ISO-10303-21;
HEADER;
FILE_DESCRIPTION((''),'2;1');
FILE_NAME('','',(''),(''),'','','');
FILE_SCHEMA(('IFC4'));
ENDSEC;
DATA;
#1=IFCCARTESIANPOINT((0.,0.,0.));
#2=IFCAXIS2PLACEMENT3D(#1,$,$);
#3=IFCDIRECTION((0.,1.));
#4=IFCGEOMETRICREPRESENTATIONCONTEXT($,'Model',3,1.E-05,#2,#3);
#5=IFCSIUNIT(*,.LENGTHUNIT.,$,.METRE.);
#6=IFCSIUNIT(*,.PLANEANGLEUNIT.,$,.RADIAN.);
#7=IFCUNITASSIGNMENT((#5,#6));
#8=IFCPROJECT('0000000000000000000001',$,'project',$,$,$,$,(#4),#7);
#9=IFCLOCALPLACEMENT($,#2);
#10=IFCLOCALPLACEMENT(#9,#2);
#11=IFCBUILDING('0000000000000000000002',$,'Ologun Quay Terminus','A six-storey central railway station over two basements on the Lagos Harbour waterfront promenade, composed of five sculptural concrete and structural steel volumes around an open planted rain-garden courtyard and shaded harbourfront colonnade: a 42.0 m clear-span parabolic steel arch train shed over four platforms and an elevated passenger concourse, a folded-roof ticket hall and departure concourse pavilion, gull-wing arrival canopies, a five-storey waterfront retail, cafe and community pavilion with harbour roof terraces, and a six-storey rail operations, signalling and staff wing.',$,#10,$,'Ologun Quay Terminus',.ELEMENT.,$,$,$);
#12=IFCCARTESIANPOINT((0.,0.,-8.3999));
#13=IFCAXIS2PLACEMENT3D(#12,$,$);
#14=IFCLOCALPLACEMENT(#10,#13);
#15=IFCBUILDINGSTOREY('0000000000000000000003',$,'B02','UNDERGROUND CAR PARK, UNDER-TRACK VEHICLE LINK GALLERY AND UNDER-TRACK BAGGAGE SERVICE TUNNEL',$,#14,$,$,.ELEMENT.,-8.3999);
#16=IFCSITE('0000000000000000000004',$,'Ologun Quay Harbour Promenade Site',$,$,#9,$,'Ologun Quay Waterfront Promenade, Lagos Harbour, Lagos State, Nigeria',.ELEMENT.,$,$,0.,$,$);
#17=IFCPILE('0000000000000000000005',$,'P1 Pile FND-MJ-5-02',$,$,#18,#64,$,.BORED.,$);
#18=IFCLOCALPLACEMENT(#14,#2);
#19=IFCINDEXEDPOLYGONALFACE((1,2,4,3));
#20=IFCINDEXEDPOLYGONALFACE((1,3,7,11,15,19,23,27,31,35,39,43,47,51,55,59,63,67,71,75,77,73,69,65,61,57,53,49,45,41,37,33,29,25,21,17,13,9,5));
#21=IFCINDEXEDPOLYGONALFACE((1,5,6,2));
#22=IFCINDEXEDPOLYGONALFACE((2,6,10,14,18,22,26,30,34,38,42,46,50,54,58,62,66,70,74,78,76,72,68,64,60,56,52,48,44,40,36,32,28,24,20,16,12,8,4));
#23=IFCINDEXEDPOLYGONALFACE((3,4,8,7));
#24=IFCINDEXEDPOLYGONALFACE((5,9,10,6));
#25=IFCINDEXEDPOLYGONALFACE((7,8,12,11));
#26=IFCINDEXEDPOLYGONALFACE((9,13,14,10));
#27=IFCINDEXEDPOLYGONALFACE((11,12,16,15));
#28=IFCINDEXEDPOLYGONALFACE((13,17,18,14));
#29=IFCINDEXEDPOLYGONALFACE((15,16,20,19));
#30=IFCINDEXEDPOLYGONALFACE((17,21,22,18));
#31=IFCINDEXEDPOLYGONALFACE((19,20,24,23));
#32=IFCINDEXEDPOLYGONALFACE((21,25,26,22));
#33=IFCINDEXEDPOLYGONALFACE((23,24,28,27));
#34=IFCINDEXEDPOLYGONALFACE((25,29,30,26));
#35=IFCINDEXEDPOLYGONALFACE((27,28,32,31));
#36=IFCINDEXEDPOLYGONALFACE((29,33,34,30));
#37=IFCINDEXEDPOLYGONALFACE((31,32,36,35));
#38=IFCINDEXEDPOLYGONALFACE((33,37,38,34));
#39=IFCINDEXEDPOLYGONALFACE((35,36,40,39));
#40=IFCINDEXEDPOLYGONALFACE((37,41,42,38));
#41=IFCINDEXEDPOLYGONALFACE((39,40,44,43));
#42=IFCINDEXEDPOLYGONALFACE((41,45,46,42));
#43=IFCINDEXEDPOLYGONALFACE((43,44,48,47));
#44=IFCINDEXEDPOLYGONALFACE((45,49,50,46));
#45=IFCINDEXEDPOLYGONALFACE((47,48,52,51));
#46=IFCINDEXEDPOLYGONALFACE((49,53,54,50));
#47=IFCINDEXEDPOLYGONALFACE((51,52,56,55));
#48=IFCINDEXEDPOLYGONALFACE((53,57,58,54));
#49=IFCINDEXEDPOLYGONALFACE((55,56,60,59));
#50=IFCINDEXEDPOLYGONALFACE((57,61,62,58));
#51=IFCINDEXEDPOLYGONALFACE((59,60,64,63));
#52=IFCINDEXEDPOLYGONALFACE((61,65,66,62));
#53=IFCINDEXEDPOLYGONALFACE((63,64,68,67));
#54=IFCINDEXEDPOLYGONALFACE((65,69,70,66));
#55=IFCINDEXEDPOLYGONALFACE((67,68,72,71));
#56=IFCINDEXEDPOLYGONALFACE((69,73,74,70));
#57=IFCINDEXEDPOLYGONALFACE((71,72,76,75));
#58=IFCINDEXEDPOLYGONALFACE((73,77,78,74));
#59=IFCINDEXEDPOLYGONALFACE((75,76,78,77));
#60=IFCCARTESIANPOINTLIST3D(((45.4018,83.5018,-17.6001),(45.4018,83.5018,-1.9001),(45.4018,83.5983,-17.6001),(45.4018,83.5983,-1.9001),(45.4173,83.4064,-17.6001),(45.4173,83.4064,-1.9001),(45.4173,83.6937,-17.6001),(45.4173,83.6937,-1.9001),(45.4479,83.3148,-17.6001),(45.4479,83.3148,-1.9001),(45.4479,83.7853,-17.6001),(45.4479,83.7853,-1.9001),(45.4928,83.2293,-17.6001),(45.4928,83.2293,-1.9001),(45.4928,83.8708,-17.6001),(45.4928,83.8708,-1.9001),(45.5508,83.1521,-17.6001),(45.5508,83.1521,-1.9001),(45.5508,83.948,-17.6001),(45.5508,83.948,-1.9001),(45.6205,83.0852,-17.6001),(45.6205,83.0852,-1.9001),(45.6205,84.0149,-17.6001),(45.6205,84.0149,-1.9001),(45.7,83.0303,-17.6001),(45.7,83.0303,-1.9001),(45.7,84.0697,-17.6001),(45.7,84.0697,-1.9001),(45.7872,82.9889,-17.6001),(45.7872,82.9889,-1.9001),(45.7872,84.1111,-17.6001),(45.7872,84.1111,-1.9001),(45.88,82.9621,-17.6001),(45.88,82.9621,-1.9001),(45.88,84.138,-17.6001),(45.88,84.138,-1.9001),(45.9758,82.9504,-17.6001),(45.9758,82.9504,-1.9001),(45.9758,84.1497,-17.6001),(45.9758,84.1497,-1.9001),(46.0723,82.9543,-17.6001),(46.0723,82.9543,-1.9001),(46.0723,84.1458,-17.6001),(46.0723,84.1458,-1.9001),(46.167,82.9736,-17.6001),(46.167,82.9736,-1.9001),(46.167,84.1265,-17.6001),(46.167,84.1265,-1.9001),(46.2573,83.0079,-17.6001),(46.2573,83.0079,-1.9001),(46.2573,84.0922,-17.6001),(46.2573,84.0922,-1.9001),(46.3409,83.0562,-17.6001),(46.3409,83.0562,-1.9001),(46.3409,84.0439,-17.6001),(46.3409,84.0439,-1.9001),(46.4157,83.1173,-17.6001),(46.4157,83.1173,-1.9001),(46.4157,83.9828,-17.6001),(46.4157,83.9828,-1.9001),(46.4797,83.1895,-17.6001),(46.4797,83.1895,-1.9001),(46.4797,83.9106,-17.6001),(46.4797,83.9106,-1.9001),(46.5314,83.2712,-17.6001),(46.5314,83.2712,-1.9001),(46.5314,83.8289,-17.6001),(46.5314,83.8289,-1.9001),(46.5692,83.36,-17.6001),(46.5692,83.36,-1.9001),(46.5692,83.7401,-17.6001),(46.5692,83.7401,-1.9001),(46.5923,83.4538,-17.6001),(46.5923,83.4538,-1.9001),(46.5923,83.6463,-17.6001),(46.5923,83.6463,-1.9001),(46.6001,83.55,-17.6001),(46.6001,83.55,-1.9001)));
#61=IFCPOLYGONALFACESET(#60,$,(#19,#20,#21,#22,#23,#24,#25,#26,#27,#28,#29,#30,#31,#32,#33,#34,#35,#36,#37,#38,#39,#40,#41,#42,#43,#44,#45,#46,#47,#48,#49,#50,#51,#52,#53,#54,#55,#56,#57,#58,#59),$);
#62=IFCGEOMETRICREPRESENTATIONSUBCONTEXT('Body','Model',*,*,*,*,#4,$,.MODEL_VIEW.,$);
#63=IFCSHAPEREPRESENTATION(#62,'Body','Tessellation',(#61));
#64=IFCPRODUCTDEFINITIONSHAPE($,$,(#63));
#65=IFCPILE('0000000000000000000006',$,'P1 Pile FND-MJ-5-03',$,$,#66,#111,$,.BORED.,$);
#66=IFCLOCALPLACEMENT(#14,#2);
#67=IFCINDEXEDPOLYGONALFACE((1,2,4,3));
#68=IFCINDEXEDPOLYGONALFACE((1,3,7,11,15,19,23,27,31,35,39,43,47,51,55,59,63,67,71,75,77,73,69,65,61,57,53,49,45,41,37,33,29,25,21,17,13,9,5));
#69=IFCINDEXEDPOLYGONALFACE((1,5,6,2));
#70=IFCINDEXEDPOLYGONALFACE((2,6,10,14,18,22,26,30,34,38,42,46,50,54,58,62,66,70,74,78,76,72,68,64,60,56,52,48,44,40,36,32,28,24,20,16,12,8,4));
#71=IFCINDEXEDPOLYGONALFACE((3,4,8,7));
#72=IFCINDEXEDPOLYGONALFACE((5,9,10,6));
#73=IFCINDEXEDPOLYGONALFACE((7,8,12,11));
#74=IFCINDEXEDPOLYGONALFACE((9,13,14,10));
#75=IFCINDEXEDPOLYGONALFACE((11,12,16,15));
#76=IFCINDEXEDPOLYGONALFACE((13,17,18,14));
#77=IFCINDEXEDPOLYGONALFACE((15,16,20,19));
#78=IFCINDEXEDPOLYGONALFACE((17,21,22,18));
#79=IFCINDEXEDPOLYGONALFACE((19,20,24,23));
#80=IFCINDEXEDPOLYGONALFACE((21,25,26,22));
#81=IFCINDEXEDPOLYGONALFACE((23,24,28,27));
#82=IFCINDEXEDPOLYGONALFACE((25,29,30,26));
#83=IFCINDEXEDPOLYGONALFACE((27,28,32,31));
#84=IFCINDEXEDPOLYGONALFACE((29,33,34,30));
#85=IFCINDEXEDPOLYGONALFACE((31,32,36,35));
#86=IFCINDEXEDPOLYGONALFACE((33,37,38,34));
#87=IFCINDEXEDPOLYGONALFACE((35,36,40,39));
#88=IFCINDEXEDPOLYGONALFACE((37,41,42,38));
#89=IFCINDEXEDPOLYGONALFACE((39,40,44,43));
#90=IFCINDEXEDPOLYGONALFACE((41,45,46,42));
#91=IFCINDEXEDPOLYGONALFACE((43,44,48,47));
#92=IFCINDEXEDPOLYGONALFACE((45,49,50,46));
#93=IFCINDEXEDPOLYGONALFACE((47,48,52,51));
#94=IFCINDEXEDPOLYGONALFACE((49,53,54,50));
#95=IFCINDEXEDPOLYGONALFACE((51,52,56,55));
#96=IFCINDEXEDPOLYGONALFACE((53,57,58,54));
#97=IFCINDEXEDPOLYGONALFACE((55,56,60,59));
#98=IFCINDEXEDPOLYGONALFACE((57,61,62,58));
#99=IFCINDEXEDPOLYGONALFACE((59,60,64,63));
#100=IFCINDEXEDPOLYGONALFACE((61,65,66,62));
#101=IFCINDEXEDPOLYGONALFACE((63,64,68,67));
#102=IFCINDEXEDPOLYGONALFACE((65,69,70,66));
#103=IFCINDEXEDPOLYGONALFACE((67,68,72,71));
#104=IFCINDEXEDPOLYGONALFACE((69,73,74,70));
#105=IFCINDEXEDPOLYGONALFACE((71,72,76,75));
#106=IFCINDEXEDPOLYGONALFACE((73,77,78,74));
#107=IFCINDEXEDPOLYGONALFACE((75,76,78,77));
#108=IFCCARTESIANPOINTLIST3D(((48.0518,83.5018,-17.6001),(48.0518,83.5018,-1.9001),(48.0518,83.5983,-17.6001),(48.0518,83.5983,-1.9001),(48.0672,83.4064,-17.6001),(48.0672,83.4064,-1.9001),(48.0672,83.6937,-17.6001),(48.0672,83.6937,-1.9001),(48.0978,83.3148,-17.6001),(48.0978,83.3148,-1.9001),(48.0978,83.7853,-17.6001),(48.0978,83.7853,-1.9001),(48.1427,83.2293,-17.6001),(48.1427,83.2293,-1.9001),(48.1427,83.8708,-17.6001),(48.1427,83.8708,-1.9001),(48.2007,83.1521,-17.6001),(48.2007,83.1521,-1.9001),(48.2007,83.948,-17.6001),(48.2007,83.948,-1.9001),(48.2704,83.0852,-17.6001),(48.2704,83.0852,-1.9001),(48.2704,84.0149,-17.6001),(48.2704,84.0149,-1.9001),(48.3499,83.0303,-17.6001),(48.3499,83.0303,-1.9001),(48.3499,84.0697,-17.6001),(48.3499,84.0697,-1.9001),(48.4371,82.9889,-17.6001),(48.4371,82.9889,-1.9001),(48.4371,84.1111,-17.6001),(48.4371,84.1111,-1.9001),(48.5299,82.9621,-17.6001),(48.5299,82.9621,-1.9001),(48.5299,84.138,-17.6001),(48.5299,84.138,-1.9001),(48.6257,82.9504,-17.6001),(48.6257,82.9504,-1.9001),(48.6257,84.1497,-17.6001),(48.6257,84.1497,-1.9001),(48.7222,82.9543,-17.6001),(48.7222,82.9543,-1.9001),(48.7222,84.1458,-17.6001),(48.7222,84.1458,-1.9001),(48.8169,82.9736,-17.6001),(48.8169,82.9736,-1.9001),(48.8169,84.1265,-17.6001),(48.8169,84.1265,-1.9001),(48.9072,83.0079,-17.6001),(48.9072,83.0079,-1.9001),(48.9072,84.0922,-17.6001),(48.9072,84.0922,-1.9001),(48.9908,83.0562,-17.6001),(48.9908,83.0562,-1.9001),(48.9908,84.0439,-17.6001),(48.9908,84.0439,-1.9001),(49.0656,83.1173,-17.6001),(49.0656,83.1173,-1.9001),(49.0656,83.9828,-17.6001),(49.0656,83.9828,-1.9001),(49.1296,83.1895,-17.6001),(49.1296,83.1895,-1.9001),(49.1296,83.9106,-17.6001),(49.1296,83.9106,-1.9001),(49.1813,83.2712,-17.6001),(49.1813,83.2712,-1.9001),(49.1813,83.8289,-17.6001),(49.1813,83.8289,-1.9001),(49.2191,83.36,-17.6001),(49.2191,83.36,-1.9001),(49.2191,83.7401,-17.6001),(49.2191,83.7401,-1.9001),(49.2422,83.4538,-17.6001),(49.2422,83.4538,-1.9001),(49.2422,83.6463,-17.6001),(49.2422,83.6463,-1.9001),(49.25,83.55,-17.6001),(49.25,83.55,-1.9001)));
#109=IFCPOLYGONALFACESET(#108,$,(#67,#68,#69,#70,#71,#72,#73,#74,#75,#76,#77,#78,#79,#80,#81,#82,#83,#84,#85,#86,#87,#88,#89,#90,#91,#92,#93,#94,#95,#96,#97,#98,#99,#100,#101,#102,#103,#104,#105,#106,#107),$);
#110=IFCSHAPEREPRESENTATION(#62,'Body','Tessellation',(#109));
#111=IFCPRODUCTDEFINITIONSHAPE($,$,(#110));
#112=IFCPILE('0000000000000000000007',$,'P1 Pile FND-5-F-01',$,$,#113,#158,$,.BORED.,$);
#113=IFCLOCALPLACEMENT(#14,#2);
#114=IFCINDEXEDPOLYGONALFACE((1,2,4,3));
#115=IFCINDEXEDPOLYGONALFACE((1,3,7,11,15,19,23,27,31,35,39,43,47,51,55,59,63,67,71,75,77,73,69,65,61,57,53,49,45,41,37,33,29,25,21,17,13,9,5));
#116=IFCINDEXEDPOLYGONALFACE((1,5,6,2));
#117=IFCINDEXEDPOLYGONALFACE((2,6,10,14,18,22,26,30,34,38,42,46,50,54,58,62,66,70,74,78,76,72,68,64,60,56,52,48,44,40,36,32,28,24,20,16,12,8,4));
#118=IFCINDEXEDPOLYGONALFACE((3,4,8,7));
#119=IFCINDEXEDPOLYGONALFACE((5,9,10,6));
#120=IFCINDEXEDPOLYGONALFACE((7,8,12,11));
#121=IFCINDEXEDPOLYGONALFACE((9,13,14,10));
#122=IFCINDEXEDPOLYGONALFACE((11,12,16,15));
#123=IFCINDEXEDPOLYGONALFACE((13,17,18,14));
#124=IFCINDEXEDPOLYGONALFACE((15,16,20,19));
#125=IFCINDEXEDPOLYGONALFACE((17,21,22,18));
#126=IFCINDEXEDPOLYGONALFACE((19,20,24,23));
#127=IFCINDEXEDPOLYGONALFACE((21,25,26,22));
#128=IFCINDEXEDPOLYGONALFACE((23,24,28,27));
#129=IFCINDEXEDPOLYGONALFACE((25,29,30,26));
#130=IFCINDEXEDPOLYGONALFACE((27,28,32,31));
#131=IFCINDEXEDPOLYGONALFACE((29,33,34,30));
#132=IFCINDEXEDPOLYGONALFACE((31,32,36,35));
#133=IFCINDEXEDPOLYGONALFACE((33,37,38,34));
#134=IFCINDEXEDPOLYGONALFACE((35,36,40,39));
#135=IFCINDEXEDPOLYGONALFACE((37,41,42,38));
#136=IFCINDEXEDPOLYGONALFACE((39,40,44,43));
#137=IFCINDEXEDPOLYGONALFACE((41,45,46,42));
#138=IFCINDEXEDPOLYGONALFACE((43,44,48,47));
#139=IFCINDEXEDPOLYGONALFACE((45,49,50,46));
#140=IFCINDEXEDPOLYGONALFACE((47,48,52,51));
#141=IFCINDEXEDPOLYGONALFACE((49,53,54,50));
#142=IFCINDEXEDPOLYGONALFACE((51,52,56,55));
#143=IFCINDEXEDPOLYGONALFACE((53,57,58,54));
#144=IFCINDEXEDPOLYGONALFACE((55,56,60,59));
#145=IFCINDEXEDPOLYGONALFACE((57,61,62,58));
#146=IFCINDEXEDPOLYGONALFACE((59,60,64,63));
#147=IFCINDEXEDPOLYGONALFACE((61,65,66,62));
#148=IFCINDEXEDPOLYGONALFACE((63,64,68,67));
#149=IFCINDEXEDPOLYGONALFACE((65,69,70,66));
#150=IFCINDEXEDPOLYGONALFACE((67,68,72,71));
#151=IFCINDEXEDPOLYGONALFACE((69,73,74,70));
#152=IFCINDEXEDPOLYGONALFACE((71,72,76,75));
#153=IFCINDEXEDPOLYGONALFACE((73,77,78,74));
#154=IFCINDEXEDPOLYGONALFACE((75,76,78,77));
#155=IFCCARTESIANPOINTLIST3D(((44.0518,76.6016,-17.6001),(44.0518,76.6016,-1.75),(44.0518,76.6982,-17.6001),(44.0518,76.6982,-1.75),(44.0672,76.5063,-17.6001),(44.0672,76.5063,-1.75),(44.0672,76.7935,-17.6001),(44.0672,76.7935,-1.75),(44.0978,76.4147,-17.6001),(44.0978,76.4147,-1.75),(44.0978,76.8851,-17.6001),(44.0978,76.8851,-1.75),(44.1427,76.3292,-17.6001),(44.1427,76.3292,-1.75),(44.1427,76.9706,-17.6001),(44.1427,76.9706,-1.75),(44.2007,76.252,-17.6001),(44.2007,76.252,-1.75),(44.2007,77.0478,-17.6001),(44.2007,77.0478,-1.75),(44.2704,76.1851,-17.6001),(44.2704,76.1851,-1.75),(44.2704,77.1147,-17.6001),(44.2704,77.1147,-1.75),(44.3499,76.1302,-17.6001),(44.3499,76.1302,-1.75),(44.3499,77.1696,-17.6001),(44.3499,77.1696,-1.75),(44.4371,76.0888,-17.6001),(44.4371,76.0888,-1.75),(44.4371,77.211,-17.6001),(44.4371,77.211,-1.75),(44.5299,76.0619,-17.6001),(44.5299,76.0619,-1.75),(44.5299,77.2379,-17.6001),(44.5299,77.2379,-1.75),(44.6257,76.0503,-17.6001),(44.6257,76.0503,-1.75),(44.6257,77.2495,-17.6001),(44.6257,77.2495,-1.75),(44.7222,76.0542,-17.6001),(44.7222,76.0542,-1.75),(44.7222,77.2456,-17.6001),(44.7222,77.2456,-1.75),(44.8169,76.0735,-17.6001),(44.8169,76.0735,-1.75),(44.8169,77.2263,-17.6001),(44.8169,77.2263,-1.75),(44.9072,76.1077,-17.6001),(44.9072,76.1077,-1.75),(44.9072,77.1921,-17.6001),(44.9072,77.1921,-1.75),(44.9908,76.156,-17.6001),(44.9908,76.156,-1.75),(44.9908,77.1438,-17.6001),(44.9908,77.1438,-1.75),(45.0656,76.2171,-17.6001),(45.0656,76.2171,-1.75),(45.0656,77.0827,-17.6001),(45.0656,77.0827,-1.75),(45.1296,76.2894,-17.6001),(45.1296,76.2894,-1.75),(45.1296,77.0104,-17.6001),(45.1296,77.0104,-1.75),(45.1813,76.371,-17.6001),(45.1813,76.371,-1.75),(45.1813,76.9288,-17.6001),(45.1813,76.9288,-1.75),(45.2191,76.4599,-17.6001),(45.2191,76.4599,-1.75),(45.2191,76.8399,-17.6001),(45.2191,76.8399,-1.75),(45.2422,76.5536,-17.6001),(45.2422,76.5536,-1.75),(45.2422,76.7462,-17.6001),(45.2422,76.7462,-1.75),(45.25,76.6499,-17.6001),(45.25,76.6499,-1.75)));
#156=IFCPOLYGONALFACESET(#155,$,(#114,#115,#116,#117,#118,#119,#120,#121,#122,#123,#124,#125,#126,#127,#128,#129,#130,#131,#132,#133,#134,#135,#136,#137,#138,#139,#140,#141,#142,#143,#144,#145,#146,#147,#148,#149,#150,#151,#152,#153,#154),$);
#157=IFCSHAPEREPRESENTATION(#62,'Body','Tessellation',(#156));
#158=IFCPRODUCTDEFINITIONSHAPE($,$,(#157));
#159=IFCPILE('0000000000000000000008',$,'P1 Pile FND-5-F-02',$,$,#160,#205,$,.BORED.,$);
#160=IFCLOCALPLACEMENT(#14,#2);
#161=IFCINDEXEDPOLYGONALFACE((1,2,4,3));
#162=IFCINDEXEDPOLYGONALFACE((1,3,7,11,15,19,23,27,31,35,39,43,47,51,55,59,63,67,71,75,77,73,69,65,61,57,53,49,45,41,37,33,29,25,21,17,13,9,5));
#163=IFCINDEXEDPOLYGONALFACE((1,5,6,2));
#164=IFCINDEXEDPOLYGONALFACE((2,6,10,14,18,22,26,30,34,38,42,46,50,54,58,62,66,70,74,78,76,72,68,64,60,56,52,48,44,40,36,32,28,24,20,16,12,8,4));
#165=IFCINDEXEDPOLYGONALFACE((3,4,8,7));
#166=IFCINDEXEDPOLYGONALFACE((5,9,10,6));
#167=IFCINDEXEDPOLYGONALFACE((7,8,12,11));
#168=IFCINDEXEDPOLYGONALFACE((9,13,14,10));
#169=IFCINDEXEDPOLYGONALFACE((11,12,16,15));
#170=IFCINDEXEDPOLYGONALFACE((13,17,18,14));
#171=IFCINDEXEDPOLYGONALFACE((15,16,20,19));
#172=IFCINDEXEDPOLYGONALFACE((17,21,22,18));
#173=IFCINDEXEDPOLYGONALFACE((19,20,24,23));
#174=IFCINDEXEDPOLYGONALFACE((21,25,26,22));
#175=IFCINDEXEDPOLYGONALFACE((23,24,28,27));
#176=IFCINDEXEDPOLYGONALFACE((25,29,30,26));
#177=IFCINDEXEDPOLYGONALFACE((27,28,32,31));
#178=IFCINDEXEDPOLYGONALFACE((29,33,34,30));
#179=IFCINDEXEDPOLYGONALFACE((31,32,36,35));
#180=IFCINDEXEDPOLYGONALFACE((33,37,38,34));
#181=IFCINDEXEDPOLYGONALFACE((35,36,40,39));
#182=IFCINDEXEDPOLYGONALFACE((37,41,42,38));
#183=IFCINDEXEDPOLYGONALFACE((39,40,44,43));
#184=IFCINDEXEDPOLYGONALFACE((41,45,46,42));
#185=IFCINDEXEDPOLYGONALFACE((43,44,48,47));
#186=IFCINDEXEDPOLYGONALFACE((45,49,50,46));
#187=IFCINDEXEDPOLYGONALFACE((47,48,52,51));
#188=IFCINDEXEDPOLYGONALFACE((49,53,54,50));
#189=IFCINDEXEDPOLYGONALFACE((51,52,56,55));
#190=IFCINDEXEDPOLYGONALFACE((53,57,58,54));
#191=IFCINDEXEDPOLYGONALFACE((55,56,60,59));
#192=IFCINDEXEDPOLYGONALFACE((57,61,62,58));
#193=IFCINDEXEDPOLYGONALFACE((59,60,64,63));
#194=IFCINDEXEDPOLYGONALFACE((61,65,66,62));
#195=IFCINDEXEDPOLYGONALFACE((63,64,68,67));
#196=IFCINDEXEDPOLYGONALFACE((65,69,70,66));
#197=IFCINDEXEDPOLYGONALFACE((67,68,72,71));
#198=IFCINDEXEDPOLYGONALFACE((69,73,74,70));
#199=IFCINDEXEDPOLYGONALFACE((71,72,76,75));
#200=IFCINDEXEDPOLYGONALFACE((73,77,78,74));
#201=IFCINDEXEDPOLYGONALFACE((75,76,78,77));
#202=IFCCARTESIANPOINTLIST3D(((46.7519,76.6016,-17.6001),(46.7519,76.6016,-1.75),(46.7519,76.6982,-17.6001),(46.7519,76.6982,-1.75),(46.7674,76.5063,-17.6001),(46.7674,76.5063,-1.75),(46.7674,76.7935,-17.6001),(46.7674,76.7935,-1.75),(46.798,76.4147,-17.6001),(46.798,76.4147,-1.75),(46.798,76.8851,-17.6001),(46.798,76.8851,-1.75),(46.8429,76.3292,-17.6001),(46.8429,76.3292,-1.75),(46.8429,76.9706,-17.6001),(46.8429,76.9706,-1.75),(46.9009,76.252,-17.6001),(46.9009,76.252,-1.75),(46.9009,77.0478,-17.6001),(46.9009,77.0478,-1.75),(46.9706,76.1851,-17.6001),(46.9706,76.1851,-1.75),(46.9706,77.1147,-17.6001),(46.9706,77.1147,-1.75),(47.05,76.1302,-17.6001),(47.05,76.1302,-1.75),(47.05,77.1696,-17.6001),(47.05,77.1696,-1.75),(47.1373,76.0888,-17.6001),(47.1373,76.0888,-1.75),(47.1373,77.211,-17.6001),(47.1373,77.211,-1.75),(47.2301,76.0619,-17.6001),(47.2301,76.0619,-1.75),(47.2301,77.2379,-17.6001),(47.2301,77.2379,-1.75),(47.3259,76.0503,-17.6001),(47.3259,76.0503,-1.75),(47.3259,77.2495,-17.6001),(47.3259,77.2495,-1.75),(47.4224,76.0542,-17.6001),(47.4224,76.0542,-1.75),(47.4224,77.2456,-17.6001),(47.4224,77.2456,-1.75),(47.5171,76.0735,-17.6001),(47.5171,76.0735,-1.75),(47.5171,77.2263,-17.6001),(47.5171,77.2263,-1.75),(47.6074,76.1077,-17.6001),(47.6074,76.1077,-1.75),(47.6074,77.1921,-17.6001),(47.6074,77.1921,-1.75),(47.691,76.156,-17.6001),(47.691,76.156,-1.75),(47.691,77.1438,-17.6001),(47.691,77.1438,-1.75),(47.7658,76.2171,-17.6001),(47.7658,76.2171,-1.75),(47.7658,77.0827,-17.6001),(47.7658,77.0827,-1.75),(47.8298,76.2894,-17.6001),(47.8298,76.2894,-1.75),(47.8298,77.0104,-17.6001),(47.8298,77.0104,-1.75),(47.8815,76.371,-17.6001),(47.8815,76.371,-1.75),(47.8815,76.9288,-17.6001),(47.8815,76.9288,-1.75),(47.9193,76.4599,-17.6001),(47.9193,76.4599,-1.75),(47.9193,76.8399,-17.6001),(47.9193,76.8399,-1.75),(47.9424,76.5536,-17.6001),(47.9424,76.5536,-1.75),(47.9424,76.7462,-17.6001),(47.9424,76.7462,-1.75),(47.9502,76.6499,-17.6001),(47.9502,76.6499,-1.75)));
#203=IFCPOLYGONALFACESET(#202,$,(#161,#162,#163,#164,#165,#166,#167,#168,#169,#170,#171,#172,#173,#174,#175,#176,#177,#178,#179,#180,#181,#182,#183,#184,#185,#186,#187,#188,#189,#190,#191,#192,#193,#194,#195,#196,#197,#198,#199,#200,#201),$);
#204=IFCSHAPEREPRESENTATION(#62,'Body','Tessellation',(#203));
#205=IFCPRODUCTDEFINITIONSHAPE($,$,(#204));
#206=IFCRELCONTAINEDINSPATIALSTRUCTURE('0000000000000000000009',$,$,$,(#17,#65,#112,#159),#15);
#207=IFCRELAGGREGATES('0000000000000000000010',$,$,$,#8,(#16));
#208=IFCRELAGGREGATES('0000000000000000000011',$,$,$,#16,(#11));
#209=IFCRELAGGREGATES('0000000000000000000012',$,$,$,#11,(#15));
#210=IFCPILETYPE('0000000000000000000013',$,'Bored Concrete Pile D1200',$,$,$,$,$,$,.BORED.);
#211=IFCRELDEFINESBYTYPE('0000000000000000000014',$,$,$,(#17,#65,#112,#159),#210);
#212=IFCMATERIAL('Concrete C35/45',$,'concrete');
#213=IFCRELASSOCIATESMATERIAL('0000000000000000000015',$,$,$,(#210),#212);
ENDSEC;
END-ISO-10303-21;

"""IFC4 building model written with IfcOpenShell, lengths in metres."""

from ifc_helpers import new_model, si_unit, direction, frame, origin, origin_2d, place, context, subcontext, project, spatial, circle, extrude, material, material_profile, profile_set, type_object, element, save


model = new_model("IFC4")

# Units and contexts
model_context = context("Model", 3, precision=1e-05, world=origin(), true_north=direction((0.0, 1.0)))
body_context = subcontext(model_context, "Body", "Model", "MODEL_VIEW")
ifc_project = project(units=[si_unit("LENGTHUNIT", "METRE"), si_unit("PLANEANGLEUNIT", "RADIAN")], contexts=[model_context])

# Site, building, storey
site_placement = place(None, origin())
site = spatial("IfcSite", under=ifc_project, at=site_placement, Name="Ologun Quay Harbour Promenade Site", LongName="Ologun Quay Waterfront Promenade, Lagos Harbour, Lagos State, Nigeria", CompositionType="ELEMENT", RefElevation=0.0)
building_placement = place(site_placement, origin())
building = spatial("IfcBuilding", under=site, at=building_placement, Name="Ologun Quay Terminus", Description="A six-storey central railway station over two basements on the Lagos Harbour waterfront promenade, composed of five sculptural concrete and structural steel volumes around an open planted rain-garden courtyard and shaded harbourfront colonnade: a 42.0 m clear-span parabolic steel arch train shed over four platforms and an elevated passenger concourse, a folded-roof ticket hall and departure concourse pavilion, gull-wing arrival canopies, a five-storey waterfront retail, cafe and community pavilion with harbour roof terraces, and a six-storey rail operations, signalling and staff wing.", LongName="Ologun Quay Terminus", CompositionType="ELEMENT")
storey_placement = place(building_placement, frame((0.0, 0.0, -8.3999)))
storey = spatial("IfcBuildingStorey", under=building, at=storey_placement, Name="B02", Description="UNDERGROUND CAR PARK, UNDER-TRACK VEHICLE LINK GALLERY AND UNDER-TRACK BAGGAGE SERVICE TUNNEL", CompositionType="ELEMENT", Elevation=-8.3999)

# Piles
ifc_material_1 = material(Name="Concrete C35/45", Category="concrete")
ifc_material_profile_1 = material_profile(ifc_material_1, circle(Radius=0.6001, at=origin_2d()), Name="PILE D1200")
ifc_profile_set_1 = profile_set([ifc_material_profile_1], Name="Concrete C35/45")
pile_type = type_object("IfcPileType", Name="Bored Concrete Pile D1200", PredefinedType="BORED", material=ifc_profile_set_1)
for number, where, z_axis, x_axis, name in (
    (1, (46.0, 83.55, -1.9001), (0.0, 0.0, -1.0), (1.0, 0.0, 0.0), "P1 Pile FND-MJ-5-02"),
    (2, (48.6499, 83.55, -1.9001), (0.0, 0.0, -1.0), (1.0, 0.0, 0.0), "P1 Pile FND-MJ-5-03"),
):
    element("IfcPile", number, at=place(storey_placement, frame(where, z_axis=z_axis, x_axis=x_axis)), inside=storey, type_object=pile_type, Name=name, PredefinedType="BORED", context=body_context, shape_type="SweptSolid", body=[
        extrude(circle(Radius=0.6001, at=origin_2d()), origin(), (0.0, 0.0, 1.0), 15.7),
    ])
for number, where, z_axis, x_axis, name in (
    (3, (44.6499, 76.6499, -1.75), (0.0, 0.0, -1.0), (1.0, 0.0, 0.0), "P1 Pile FND-5-F-01"),
    (4, (47.3501, 76.6499, -1.75), (0.0, 0.0, -1.0), (1.0, 0.0, 0.0), "P1 Pile FND-5-F-02"),
):
    element("IfcPile", number, at=place(storey_placement, frame(where, z_axis=z_axis, x_axis=x_axis)), inside=storey, type_object=pile_type, Name=name, PredefinedType="BORED", context=body_context, shape_type="SweptSolid", body=[
        extrude(circle(Radius=0.6001, at=origin_2d()), origin(), (0.0, 0.0, 1.0), 15.8501),
    ])

save(model, "model.ifc")
